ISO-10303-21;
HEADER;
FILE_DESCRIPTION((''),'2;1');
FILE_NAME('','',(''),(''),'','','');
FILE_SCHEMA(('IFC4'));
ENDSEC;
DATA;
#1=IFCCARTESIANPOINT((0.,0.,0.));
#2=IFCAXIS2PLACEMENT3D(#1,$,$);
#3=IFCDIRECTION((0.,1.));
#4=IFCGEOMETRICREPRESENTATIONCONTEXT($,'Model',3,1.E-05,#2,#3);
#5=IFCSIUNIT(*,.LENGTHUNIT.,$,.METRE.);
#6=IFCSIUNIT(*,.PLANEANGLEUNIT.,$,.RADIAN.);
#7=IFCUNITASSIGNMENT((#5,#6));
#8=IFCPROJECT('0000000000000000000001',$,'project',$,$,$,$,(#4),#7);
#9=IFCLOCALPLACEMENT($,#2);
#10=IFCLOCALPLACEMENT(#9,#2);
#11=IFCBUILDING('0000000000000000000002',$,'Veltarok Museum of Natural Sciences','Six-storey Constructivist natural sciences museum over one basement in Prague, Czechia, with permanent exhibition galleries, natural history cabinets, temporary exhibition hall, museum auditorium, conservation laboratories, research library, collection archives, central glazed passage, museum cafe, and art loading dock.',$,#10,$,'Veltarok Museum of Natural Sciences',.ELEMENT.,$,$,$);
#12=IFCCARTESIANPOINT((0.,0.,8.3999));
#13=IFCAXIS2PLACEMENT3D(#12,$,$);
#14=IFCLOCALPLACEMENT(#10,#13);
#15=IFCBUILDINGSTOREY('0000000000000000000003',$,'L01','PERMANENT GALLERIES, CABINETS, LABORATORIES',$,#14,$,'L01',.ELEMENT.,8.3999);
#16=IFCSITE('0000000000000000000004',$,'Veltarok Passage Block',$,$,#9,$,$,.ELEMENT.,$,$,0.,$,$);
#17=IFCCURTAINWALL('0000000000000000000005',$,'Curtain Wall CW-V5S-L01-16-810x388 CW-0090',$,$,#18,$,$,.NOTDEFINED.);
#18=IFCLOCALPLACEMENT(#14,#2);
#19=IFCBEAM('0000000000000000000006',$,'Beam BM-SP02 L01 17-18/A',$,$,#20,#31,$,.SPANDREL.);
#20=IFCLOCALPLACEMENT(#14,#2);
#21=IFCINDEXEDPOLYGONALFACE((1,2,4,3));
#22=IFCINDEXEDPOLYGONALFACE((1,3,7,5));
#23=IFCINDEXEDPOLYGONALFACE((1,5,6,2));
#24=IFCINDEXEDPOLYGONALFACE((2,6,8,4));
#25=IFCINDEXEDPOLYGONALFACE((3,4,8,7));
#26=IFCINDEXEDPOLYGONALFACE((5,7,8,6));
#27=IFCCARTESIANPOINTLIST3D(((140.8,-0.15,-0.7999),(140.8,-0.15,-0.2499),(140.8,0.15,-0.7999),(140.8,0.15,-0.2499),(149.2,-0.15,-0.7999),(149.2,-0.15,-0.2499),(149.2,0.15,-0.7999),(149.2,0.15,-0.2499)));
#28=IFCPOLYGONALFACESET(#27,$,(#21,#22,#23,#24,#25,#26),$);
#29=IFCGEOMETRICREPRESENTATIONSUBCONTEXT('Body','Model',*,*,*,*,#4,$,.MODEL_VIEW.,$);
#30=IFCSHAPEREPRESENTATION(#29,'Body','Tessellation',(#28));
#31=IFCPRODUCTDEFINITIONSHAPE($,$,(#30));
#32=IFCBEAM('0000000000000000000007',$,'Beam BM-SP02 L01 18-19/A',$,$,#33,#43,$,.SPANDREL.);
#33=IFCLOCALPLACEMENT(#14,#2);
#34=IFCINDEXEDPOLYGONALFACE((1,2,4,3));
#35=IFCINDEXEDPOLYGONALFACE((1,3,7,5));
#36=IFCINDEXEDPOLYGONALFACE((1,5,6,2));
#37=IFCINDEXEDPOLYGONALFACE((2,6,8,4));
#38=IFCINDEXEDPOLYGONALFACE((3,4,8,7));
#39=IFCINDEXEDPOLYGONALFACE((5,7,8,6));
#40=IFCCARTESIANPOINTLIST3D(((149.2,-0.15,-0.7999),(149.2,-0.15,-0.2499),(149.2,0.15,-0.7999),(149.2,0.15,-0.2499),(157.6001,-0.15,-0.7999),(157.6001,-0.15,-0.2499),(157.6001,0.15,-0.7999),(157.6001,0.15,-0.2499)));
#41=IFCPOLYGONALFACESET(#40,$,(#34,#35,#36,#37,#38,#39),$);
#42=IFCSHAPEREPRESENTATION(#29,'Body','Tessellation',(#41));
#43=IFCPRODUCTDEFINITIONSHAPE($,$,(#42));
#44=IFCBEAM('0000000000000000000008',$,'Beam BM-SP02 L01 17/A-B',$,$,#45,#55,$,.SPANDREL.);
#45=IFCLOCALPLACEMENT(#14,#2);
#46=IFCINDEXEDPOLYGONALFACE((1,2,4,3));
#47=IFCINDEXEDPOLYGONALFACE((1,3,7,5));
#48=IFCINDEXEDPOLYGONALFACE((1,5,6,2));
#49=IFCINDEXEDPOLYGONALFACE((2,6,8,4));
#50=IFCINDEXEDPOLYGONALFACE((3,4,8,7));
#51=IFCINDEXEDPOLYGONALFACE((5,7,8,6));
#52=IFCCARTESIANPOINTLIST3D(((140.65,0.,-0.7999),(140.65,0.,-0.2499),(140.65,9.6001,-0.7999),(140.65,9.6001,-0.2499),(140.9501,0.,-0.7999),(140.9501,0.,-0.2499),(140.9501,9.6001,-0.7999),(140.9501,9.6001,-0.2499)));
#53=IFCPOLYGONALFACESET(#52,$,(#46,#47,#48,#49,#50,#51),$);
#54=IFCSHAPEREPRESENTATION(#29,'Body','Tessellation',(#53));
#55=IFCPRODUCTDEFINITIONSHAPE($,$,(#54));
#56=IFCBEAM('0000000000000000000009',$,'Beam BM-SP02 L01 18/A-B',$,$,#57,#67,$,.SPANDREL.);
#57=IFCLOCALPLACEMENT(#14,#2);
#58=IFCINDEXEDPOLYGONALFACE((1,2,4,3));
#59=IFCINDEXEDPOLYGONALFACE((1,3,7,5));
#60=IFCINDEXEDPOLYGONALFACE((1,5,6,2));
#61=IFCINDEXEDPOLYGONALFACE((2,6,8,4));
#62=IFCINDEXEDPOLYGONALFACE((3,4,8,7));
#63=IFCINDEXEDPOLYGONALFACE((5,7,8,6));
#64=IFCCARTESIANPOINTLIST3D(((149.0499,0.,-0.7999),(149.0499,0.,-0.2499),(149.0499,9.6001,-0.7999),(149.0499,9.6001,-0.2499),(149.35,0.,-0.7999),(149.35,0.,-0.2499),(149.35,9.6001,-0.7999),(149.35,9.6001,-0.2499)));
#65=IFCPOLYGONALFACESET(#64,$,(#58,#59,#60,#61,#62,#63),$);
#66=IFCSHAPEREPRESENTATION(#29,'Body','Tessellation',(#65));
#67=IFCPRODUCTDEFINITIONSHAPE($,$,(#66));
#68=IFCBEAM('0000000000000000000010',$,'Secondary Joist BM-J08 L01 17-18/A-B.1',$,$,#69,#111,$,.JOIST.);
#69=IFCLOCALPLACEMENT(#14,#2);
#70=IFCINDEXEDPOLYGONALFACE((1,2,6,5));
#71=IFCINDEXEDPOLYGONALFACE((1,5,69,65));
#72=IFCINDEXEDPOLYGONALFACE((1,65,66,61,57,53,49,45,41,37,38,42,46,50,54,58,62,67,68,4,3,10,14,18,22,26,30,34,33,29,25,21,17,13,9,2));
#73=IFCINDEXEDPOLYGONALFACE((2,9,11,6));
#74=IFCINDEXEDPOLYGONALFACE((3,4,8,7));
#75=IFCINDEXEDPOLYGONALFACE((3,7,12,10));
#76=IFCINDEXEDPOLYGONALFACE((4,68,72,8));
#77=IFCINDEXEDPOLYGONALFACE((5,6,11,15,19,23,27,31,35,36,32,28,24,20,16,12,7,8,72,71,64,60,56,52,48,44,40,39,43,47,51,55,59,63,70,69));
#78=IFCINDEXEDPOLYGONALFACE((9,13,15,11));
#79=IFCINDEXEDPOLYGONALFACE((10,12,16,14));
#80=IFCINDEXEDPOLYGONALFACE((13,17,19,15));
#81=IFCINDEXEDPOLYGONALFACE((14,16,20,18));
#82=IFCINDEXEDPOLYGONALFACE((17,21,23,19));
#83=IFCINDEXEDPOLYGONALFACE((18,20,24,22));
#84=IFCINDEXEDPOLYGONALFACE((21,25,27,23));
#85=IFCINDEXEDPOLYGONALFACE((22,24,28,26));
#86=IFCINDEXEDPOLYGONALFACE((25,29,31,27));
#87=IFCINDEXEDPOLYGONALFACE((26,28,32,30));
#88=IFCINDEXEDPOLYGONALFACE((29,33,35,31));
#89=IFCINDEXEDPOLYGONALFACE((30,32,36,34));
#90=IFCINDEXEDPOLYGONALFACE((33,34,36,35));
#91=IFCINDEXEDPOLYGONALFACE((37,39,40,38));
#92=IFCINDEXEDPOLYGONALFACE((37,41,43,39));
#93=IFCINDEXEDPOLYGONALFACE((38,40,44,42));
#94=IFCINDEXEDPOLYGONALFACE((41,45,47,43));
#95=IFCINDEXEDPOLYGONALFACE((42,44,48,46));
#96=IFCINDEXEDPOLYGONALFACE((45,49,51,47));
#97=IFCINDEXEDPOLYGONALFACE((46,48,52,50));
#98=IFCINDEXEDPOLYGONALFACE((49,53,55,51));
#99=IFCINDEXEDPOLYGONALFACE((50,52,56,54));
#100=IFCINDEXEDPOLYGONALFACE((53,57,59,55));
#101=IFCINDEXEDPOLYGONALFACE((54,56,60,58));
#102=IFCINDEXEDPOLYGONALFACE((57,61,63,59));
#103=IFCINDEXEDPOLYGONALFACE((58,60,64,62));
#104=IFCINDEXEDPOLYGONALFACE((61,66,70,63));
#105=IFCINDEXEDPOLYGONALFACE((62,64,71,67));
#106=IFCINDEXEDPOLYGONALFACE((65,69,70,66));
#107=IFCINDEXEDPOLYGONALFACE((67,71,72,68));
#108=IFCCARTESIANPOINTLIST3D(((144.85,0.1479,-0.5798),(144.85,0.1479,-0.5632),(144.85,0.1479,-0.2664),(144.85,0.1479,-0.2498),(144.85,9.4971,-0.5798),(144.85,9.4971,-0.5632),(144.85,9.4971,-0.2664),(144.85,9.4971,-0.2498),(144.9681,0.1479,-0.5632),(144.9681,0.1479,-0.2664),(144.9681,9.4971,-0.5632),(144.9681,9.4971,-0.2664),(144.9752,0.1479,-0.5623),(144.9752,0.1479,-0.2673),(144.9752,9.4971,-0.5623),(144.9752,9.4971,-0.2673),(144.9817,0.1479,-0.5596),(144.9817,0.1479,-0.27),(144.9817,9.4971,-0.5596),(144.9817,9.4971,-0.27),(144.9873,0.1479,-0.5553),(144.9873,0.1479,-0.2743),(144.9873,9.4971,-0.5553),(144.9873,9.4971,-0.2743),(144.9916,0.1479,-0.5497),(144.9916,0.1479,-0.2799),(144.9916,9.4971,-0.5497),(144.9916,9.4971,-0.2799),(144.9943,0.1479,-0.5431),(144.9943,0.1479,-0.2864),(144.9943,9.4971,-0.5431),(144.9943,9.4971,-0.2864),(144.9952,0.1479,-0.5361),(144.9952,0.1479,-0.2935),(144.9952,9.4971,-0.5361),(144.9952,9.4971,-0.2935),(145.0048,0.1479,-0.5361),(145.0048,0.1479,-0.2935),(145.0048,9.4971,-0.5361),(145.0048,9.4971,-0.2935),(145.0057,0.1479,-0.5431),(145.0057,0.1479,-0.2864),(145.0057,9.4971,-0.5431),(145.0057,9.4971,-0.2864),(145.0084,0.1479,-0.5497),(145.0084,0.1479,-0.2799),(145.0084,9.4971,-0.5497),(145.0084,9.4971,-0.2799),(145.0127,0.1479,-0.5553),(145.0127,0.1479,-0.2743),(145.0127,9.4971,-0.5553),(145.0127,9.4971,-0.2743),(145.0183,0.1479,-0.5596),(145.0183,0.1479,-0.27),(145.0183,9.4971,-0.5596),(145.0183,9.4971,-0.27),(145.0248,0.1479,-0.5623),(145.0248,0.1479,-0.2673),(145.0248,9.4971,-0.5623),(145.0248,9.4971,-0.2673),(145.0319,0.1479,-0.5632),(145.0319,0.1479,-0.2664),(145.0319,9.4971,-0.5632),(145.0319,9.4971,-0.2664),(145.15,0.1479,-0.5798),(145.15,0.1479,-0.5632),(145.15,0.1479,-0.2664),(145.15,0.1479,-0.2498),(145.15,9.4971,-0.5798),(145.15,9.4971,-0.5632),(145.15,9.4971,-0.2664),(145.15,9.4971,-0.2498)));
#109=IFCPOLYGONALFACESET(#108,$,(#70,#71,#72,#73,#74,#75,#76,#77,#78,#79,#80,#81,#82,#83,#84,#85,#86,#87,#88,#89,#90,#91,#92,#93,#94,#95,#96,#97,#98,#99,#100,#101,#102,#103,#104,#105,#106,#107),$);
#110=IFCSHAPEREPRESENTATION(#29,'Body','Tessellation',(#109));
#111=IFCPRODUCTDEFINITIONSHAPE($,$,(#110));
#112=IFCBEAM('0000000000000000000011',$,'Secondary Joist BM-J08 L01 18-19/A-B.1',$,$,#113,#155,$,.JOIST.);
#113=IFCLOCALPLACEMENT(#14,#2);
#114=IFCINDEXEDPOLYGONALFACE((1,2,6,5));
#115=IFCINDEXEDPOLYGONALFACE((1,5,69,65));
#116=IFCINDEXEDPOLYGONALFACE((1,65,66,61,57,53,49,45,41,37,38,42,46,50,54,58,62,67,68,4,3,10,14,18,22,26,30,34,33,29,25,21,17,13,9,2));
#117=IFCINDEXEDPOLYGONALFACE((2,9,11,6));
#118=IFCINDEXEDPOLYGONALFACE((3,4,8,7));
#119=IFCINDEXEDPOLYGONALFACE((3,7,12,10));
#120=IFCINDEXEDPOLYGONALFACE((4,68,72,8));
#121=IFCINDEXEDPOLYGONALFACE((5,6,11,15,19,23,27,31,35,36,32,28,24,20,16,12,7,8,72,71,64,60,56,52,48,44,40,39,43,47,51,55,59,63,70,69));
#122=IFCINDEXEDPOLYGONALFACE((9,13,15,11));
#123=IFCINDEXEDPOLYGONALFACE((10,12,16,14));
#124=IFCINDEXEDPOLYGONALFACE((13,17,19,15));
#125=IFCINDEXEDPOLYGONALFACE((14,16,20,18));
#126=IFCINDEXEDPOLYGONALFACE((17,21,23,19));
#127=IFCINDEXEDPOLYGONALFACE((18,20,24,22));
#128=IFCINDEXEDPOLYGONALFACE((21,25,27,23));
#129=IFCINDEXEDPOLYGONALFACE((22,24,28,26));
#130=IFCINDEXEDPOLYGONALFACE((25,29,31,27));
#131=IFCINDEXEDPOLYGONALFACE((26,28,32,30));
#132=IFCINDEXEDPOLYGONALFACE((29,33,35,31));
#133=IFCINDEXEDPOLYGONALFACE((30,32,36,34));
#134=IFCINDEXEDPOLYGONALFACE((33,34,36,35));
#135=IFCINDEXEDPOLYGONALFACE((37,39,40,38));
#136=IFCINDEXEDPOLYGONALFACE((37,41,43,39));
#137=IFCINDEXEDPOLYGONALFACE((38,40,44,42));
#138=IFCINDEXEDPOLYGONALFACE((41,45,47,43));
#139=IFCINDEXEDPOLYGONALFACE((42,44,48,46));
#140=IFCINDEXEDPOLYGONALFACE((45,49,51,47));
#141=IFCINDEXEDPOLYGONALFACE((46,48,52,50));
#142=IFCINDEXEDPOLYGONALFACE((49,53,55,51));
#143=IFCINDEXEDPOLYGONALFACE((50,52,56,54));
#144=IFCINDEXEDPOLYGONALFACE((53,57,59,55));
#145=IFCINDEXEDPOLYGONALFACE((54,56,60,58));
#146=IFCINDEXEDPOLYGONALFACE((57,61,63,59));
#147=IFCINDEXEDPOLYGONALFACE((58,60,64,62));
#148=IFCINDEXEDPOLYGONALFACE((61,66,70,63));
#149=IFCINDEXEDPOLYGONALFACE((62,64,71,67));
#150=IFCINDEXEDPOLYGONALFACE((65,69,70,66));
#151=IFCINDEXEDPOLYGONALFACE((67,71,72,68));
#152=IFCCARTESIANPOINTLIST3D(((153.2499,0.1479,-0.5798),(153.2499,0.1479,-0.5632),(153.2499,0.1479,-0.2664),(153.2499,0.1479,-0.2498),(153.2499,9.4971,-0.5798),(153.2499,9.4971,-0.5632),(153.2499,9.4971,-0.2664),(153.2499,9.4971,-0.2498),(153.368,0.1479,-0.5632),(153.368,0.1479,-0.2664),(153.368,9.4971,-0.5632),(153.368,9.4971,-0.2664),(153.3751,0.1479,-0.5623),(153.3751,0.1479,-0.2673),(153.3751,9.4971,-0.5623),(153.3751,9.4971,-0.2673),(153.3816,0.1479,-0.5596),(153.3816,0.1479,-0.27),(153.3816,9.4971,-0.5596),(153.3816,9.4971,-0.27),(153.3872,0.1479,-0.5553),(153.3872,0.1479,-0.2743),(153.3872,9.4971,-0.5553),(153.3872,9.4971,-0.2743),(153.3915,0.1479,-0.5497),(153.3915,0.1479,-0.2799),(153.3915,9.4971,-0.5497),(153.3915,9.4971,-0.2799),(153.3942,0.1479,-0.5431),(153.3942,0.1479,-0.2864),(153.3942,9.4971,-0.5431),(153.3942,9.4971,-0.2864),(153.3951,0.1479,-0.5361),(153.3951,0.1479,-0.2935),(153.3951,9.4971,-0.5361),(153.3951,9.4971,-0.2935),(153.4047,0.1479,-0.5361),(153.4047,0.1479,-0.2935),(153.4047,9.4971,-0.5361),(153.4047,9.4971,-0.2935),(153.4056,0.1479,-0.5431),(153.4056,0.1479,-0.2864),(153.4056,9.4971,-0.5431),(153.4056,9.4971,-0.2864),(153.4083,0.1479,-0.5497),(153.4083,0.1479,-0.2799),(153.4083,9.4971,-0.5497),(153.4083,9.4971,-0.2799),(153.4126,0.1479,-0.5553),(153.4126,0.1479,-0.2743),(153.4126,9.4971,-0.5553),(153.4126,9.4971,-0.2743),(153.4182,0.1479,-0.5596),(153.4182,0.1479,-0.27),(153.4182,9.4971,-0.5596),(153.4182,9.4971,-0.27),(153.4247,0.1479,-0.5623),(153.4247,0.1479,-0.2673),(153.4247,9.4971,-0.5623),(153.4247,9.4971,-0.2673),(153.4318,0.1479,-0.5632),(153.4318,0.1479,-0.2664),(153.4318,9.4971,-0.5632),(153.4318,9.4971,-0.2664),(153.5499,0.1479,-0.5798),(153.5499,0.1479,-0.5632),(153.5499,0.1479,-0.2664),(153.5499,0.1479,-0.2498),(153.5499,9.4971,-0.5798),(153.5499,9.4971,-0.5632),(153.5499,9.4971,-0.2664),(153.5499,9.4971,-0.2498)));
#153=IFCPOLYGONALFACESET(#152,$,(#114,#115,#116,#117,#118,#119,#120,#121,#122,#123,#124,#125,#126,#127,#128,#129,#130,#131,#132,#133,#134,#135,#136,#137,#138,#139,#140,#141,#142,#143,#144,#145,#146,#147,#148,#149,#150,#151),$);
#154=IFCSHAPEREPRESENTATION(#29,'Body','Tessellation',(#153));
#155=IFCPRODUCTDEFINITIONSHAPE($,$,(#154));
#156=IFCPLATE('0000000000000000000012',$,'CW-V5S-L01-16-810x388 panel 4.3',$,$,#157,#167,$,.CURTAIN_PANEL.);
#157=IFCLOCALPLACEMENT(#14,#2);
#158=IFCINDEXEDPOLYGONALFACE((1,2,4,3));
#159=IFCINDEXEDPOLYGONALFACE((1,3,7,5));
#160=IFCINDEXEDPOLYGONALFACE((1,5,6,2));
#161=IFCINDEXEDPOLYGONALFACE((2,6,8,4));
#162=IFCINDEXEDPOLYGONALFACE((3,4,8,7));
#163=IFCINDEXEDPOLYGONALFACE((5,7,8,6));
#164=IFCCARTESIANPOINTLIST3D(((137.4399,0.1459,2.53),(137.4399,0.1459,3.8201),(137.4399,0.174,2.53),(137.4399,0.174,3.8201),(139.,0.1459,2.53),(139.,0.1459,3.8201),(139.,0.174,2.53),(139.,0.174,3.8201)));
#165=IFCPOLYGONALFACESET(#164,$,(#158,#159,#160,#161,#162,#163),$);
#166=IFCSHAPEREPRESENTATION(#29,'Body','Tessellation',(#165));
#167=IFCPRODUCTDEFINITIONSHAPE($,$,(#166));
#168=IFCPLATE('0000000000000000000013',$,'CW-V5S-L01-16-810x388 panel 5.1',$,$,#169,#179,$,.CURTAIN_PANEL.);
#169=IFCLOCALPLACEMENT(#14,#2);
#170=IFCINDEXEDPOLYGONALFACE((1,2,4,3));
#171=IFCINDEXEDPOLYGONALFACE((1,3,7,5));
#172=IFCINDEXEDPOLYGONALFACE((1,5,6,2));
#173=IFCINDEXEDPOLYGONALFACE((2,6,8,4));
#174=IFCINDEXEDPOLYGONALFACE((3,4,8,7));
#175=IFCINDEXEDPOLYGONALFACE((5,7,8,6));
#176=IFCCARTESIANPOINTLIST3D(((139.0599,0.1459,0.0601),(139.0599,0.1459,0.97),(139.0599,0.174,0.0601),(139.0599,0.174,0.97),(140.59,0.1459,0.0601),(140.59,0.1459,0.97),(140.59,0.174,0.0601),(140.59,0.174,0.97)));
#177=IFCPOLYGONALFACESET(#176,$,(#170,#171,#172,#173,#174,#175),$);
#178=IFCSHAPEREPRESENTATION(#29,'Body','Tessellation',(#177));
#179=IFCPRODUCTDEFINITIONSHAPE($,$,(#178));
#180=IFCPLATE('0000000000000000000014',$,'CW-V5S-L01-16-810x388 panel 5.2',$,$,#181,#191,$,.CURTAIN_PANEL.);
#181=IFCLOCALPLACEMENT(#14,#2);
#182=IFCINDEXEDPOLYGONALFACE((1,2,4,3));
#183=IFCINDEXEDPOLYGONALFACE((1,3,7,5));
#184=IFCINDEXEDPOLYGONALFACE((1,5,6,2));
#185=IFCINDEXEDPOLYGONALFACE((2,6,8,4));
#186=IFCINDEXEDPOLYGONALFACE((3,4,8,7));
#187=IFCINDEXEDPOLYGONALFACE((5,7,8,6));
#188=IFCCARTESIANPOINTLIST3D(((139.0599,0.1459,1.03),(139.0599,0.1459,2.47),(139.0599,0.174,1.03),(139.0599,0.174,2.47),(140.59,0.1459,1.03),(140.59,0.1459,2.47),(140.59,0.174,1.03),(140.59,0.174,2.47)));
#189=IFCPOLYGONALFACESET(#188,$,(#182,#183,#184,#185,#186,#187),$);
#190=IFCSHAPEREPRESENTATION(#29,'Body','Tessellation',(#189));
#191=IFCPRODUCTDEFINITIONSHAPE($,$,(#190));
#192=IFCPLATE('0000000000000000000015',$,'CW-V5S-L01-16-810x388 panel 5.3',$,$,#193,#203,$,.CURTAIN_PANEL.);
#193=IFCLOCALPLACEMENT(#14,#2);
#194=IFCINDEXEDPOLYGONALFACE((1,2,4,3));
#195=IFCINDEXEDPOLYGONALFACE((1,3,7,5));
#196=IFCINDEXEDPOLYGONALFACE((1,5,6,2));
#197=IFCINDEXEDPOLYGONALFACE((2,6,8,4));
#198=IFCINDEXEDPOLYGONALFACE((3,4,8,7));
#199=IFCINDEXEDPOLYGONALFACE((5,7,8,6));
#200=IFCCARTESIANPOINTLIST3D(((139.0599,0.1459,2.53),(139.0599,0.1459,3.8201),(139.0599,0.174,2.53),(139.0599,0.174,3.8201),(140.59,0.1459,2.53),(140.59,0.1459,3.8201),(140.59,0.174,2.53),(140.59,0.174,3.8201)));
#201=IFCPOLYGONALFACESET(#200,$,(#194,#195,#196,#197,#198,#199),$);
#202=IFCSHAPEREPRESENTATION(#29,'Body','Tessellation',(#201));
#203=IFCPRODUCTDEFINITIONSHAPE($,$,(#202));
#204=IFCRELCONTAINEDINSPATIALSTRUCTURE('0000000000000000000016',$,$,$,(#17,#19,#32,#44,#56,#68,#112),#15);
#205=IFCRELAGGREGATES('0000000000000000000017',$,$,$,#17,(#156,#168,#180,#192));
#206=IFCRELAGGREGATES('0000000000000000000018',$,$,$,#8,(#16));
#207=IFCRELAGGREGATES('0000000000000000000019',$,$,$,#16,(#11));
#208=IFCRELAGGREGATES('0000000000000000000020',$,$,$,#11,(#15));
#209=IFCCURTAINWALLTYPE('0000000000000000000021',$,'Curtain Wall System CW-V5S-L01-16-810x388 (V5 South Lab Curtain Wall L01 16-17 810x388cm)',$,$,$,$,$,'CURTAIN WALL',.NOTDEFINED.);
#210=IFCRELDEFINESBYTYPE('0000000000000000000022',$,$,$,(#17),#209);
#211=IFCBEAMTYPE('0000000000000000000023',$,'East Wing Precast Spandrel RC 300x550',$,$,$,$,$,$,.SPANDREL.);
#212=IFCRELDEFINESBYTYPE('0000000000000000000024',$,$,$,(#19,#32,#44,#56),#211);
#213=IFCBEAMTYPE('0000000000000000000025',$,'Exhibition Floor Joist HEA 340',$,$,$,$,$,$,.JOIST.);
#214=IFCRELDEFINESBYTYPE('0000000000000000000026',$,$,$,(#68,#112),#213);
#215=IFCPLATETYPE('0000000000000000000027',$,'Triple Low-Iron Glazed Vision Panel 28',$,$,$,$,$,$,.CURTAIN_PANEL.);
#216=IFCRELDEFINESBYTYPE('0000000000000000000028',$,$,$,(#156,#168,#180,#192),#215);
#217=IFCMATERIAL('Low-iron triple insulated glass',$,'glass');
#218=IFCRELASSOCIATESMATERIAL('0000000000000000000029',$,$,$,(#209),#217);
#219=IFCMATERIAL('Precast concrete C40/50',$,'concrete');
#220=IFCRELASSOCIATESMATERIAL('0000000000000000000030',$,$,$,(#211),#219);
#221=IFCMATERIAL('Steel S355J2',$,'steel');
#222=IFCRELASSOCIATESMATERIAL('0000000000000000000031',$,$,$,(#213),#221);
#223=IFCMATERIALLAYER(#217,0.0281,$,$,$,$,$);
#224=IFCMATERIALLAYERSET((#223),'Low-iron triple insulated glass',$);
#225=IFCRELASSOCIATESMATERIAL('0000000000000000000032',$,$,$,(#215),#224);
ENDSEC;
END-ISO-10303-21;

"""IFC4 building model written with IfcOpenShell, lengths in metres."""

from ifc_helpers import new_model, si_unit, direction, frame, origin, origin_2d, place, context, subcontext, project, spatial, rectangle, i_section, extrude, material, layer, layer_set, material_profile, profile_set, type_object, element, aggregate, save


model = new_model("IFC4")

# Units and contexts
model_context = context("Model", 3, precision=1e-05, world=origin(), true_north=direction((0.0, 1.0)))
body_context = subcontext(model_context, "Body", "Model", "MODEL_VIEW")
ifc_project = project(units=[si_unit("LENGTHUNIT", "METRE"), si_unit("PLANEANGLEUNIT", "RADIAN")], contexts=[model_context])

# Site, building, storey
site_placement = place(None, origin())
site = spatial("IfcSite", under=ifc_project, at=site_placement, Name="Veltarok Passage Block", CompositionType="ELEMENT", RefElevation=0.0)
building_placement = place(site_placement, origin())
building = spatial("IfcBuilding", under=site, at=building_placement, Name="Veltarok Museum of Natural Sciences", Description="Six-storey Constructivist natural sciences museum over one basement in Prague, Czechia, with permanent exhibition galleries, natural history cabinets, temporary exhibition hall, museum auditorium, conservation laboratories, research library, collection archives, central glazed passage, museum cafe, and art loading dock.", LongName="Veltarok Museum of Natural Sciences", CompositionType="ELEMENT")
storey_placement = place(building_placement, frame((0.0, 0.0, 8.3999)))
storey = spatial("IfcBuildingStorey", under=building, at=storey_placement, Name="L01", Description="PERMANENT GALLERIES, CABINETS, LABORATORIES", LongName="L01", CompositionType="ELEMENT", Elevation=8.3999)

# Shared definitions
ifc_material_1 = material(Name="Steel S355J2", Category="steel")

# Curtain wall
ifc_material_2 = material(Name="Low-iron triple insulated glass", Category="glass")
curtain_wall_type_1 = type_object("IfcCurtainWallType", Name="Curtain Wall System CW-V5S-L01-16-810x388 (V5 South Lab Curtain Wall L01 16-17 810x388cm)", ElementType="CURTAIN WALL", PredefinedType="NOTDEFINED", material=ifc_material_2)
curtain_wall_1_placement = place(storey_placement, origin())
curtain_wall_1 = element("IfcCurtainWall", 1, at=curtain_wall_1_placement, inside=storey, type_object=curtain_wall_type_1, Name="Curtain Wall CW-V5S-L01-16-810x388 CW-0090", PredefinedType="NOTDEFINED")

# Beams
ifc_material_3 = material(Name="Precast concrete C40/50", Category="concrete")
ifc_material_profile_1 = material_profile(ifc_material_3, rectangle(XDim=0.3, YDim=0.55, at=origin_2d()), Name="RC 300x550")
ifc_profile_set_1 = profile_set([ifc_material_profile_1], Name="Precast concrete C40/50")
beam_type_1 = type_object("IfcBeamType", Name="East Wing Precast Spandrel RC 300x550", PredefinedType="SPANDREL", material=ifc_profile_set_1)
beam_1_placement = place(storey_placement, frame((140.8, 0.0, -0.5249), z_axis=(1.0, 0.0, 0.0), x_axis=(0.0, 1.0, 0.0)))
element("IfcBeam", 2, at=beam_1_placement, inside=storey, type_object=beam_type_1, Name="Beam BM-SP02 L01 17-18/A", PredefinedType="SPANDREL", context=body_context, shape_type="SweptSolid", body=[
    extrude(rectangle(XDim=0.3, YDim=0.55, at=origin_2d()), origin(), (0.0, 0.0, 1.0), 8.3999),
])
beam_2_placement = place(storey_placement, frame((149.2, 0.0, -0.5249), z_axis=(1.0, 0.0, 0.0), x_axis=(0.0, 1.0, 0.0)))
element("IfcBeam", 3, at=beam_2_placement, inside=storey, type_object=beam_type_1, Name="Beam BM-SP02 L01 18-19/A", PredefinedType="SPANDREL", context=body_context, shape_type="SweptSolid", body=[
    extrude(rectangle(XDim=0.3, YDim=0.55, at=origin_2d()), origin(), (0.0, 0.0, 1.0), 8.4001),
])
for number, where, z_axis, x_axis, name in (
    (4, (140.8, 0.0, -0.5249), (0.0, 1.0, 0.0), (-1.0, 0.0, 0.0), "Beam BM-SP02 L01 17/A-B"),
    (5, (149.2, 0.0, -0.5249), (0.0, 1.0, 0.0), (-1.0, 0.0, 0.0), "Beam BM-SP02 L01 18/A-B"),
):
    element("IfcBeam", number, at=place(storey_placement, frame(where, z_axis=z_axis, x_axis=x_axis)), inside=storey, type_object=beam_type_1, Name=name, PredefinedType="SPANDREL", context=body_context, shape_type="SweptSolid", body=[
        extrude(rectangle(XDim=0.3, YDim=0.55, at=origin_2d()), origin(), (0.0, 0.0, 1.0), 9.6001),
    ])
ifc_material_profile_2 = material_profile(ifc_material_1, i_section(OverallWidth=0.3, OverallDepth=0.3301, WebThickness=0.0095, FlangeThickness=0.0166, FilletRadius=0.0271, at=origin_2d()), Name="HEA 340")
ifc_profile_set_2 = profile_set([ifc_material_profile_2], Name="Steel S355J2")
beam_type_2 = type_object("IfcBeamType", Name="Exhibition Floor Joist HEA 340", PredefinedType="JOIST", material=ifc_profile_set_2)
for number, where, z_axis, x_axis, name in (
    (6, (145.0, 0.1479, -0.4148), (0.0, 1.0, 0.0), (-1.0, 0.0, 0.0), "Secondary Joist BM-J08 L01 17-18/A-B.1"),
    (7, (153.3999, 0.1479, -0.4148), (0.0, 1.0, 0.0), (-1.0, 0.0, 0.0), "Secondary Joist BM-J08 L01 18-19/A-B.1"),
):
    element("IfcBeam", number, at=place(storey_placement, frame(where, z_axis=z_axis, x_axis=x_axis)), inside=storey, type_object=beam_type_2, Name=name, PredefinedType="JOIST", context=body_context, shape_type="SweptSolid", body=[
        extrude(i_section(OverallWidth=0.3, OverallDepth=0.3301, WebThickness=0.0095, FlangeThickness=0.0166, FilletRadius=0.0271, at=origin_2d()), origin(), (0.0, 0.0, 1.0), 9.3491),
    ])

# Plates
ifc_layer_1 = layer(ifc_material_2, 0.0281)
ifc_layer_set_1 = layer_set([ifc_layer_1], Name="Low-iron triple insulated glass")
plate_type = type_object("IfcPlateType", Name="Triple Low-Iron Glazed Vision Panel 28", PredefinedType="CURTAIN_PANEL", material=ifc_layer_set_1)
plate_1_placement = place(storey_placement, frame((138.22, 0.1599, 2.53), z_axis=(0.0, 0.0, 1.0), x_axis=(1.0, 0.0, 0.0)))
plate_1 = element("IfcPlate", 8, at=plate_1_placement, type_object=plate_type, Name="CW-V5S-L01-16-810x388 panel 4.3", PredefinedType="CURTAIN_PANEL", context=body_context, shape_type="SweptSolid", body=[
    extrude(rectangle(XDim=1.5601, YDim=0.0281, at=origin_2d()), origin(), (0.0, 0.0, 1.0), 1.29),
])
plate_2_placement = place(storey_placement, frame((139.825, 0.1599, 0.0601), z_axis=(0.0, 0.0, 1.0), x_axis=(1.0, 0.0, 0.0)))
plate_2 = element("IfcPlate", 9, at=plate_2_placement, type_object=plate_type, Name="CW-V5S-L01-16-810x388 panel 5.1", PredefinedType="CURTAIN_PANEL", context=body_context, shape_type="SweptSolid", body=[
    extrude(rectangle(XDim=1.53, YDim=0.0281, at=origin_2d()), origin(), (0.0, 0.0, 1.0), 0.9099),
])
plate_3_placement = place(storey_placement, frame((139.825, 0.1599, 1.03), z_axis=(0.0, 0.0, 1.0), x_axis=(1.0, 0.0, 0.0)))
plate_3 = element("IfcPlate", 10, at=plate_3_placement, type_object=plate_type, Name="CW-V5S-L01-16-810x388 panel 5.2", PredefinedType="CURTAIN_PANEL", context=body_context, shape_type="SweptSolid", body=[
    extrude(rectangle(XDim=1.53, YDim=0.0281, at=origin_2d()), origin(), (0.0, 0.0, 1.0), 1.4399),
])
plate_4_placement = place(storey_placement, frame((139.825, 0.1599, 2.53), z_axis=(0.0, 0.0, 1.0), x_axis=(1.0, 0.0, 0.0)))
plate_4 = element("IfcPlate", 11, at=plate_4_placement, type_object=plate_type, Name="CW-V5S-L01-16-810x388 panel 5.3", PredefinedType="CURTAIN_PANEL", context=body_context, shape_type="SweptSolid", body=[
    extrude(rectangle(XDim=1.53, YDim=0.0281, at=origin_2d()), origin(), (0.0, 0.0, 1.0), 1.29),
])
aggregate(curtain_wall_1, [plate_1, plate_2, plate_3, plate_4])

save(model, "model.ifc")
